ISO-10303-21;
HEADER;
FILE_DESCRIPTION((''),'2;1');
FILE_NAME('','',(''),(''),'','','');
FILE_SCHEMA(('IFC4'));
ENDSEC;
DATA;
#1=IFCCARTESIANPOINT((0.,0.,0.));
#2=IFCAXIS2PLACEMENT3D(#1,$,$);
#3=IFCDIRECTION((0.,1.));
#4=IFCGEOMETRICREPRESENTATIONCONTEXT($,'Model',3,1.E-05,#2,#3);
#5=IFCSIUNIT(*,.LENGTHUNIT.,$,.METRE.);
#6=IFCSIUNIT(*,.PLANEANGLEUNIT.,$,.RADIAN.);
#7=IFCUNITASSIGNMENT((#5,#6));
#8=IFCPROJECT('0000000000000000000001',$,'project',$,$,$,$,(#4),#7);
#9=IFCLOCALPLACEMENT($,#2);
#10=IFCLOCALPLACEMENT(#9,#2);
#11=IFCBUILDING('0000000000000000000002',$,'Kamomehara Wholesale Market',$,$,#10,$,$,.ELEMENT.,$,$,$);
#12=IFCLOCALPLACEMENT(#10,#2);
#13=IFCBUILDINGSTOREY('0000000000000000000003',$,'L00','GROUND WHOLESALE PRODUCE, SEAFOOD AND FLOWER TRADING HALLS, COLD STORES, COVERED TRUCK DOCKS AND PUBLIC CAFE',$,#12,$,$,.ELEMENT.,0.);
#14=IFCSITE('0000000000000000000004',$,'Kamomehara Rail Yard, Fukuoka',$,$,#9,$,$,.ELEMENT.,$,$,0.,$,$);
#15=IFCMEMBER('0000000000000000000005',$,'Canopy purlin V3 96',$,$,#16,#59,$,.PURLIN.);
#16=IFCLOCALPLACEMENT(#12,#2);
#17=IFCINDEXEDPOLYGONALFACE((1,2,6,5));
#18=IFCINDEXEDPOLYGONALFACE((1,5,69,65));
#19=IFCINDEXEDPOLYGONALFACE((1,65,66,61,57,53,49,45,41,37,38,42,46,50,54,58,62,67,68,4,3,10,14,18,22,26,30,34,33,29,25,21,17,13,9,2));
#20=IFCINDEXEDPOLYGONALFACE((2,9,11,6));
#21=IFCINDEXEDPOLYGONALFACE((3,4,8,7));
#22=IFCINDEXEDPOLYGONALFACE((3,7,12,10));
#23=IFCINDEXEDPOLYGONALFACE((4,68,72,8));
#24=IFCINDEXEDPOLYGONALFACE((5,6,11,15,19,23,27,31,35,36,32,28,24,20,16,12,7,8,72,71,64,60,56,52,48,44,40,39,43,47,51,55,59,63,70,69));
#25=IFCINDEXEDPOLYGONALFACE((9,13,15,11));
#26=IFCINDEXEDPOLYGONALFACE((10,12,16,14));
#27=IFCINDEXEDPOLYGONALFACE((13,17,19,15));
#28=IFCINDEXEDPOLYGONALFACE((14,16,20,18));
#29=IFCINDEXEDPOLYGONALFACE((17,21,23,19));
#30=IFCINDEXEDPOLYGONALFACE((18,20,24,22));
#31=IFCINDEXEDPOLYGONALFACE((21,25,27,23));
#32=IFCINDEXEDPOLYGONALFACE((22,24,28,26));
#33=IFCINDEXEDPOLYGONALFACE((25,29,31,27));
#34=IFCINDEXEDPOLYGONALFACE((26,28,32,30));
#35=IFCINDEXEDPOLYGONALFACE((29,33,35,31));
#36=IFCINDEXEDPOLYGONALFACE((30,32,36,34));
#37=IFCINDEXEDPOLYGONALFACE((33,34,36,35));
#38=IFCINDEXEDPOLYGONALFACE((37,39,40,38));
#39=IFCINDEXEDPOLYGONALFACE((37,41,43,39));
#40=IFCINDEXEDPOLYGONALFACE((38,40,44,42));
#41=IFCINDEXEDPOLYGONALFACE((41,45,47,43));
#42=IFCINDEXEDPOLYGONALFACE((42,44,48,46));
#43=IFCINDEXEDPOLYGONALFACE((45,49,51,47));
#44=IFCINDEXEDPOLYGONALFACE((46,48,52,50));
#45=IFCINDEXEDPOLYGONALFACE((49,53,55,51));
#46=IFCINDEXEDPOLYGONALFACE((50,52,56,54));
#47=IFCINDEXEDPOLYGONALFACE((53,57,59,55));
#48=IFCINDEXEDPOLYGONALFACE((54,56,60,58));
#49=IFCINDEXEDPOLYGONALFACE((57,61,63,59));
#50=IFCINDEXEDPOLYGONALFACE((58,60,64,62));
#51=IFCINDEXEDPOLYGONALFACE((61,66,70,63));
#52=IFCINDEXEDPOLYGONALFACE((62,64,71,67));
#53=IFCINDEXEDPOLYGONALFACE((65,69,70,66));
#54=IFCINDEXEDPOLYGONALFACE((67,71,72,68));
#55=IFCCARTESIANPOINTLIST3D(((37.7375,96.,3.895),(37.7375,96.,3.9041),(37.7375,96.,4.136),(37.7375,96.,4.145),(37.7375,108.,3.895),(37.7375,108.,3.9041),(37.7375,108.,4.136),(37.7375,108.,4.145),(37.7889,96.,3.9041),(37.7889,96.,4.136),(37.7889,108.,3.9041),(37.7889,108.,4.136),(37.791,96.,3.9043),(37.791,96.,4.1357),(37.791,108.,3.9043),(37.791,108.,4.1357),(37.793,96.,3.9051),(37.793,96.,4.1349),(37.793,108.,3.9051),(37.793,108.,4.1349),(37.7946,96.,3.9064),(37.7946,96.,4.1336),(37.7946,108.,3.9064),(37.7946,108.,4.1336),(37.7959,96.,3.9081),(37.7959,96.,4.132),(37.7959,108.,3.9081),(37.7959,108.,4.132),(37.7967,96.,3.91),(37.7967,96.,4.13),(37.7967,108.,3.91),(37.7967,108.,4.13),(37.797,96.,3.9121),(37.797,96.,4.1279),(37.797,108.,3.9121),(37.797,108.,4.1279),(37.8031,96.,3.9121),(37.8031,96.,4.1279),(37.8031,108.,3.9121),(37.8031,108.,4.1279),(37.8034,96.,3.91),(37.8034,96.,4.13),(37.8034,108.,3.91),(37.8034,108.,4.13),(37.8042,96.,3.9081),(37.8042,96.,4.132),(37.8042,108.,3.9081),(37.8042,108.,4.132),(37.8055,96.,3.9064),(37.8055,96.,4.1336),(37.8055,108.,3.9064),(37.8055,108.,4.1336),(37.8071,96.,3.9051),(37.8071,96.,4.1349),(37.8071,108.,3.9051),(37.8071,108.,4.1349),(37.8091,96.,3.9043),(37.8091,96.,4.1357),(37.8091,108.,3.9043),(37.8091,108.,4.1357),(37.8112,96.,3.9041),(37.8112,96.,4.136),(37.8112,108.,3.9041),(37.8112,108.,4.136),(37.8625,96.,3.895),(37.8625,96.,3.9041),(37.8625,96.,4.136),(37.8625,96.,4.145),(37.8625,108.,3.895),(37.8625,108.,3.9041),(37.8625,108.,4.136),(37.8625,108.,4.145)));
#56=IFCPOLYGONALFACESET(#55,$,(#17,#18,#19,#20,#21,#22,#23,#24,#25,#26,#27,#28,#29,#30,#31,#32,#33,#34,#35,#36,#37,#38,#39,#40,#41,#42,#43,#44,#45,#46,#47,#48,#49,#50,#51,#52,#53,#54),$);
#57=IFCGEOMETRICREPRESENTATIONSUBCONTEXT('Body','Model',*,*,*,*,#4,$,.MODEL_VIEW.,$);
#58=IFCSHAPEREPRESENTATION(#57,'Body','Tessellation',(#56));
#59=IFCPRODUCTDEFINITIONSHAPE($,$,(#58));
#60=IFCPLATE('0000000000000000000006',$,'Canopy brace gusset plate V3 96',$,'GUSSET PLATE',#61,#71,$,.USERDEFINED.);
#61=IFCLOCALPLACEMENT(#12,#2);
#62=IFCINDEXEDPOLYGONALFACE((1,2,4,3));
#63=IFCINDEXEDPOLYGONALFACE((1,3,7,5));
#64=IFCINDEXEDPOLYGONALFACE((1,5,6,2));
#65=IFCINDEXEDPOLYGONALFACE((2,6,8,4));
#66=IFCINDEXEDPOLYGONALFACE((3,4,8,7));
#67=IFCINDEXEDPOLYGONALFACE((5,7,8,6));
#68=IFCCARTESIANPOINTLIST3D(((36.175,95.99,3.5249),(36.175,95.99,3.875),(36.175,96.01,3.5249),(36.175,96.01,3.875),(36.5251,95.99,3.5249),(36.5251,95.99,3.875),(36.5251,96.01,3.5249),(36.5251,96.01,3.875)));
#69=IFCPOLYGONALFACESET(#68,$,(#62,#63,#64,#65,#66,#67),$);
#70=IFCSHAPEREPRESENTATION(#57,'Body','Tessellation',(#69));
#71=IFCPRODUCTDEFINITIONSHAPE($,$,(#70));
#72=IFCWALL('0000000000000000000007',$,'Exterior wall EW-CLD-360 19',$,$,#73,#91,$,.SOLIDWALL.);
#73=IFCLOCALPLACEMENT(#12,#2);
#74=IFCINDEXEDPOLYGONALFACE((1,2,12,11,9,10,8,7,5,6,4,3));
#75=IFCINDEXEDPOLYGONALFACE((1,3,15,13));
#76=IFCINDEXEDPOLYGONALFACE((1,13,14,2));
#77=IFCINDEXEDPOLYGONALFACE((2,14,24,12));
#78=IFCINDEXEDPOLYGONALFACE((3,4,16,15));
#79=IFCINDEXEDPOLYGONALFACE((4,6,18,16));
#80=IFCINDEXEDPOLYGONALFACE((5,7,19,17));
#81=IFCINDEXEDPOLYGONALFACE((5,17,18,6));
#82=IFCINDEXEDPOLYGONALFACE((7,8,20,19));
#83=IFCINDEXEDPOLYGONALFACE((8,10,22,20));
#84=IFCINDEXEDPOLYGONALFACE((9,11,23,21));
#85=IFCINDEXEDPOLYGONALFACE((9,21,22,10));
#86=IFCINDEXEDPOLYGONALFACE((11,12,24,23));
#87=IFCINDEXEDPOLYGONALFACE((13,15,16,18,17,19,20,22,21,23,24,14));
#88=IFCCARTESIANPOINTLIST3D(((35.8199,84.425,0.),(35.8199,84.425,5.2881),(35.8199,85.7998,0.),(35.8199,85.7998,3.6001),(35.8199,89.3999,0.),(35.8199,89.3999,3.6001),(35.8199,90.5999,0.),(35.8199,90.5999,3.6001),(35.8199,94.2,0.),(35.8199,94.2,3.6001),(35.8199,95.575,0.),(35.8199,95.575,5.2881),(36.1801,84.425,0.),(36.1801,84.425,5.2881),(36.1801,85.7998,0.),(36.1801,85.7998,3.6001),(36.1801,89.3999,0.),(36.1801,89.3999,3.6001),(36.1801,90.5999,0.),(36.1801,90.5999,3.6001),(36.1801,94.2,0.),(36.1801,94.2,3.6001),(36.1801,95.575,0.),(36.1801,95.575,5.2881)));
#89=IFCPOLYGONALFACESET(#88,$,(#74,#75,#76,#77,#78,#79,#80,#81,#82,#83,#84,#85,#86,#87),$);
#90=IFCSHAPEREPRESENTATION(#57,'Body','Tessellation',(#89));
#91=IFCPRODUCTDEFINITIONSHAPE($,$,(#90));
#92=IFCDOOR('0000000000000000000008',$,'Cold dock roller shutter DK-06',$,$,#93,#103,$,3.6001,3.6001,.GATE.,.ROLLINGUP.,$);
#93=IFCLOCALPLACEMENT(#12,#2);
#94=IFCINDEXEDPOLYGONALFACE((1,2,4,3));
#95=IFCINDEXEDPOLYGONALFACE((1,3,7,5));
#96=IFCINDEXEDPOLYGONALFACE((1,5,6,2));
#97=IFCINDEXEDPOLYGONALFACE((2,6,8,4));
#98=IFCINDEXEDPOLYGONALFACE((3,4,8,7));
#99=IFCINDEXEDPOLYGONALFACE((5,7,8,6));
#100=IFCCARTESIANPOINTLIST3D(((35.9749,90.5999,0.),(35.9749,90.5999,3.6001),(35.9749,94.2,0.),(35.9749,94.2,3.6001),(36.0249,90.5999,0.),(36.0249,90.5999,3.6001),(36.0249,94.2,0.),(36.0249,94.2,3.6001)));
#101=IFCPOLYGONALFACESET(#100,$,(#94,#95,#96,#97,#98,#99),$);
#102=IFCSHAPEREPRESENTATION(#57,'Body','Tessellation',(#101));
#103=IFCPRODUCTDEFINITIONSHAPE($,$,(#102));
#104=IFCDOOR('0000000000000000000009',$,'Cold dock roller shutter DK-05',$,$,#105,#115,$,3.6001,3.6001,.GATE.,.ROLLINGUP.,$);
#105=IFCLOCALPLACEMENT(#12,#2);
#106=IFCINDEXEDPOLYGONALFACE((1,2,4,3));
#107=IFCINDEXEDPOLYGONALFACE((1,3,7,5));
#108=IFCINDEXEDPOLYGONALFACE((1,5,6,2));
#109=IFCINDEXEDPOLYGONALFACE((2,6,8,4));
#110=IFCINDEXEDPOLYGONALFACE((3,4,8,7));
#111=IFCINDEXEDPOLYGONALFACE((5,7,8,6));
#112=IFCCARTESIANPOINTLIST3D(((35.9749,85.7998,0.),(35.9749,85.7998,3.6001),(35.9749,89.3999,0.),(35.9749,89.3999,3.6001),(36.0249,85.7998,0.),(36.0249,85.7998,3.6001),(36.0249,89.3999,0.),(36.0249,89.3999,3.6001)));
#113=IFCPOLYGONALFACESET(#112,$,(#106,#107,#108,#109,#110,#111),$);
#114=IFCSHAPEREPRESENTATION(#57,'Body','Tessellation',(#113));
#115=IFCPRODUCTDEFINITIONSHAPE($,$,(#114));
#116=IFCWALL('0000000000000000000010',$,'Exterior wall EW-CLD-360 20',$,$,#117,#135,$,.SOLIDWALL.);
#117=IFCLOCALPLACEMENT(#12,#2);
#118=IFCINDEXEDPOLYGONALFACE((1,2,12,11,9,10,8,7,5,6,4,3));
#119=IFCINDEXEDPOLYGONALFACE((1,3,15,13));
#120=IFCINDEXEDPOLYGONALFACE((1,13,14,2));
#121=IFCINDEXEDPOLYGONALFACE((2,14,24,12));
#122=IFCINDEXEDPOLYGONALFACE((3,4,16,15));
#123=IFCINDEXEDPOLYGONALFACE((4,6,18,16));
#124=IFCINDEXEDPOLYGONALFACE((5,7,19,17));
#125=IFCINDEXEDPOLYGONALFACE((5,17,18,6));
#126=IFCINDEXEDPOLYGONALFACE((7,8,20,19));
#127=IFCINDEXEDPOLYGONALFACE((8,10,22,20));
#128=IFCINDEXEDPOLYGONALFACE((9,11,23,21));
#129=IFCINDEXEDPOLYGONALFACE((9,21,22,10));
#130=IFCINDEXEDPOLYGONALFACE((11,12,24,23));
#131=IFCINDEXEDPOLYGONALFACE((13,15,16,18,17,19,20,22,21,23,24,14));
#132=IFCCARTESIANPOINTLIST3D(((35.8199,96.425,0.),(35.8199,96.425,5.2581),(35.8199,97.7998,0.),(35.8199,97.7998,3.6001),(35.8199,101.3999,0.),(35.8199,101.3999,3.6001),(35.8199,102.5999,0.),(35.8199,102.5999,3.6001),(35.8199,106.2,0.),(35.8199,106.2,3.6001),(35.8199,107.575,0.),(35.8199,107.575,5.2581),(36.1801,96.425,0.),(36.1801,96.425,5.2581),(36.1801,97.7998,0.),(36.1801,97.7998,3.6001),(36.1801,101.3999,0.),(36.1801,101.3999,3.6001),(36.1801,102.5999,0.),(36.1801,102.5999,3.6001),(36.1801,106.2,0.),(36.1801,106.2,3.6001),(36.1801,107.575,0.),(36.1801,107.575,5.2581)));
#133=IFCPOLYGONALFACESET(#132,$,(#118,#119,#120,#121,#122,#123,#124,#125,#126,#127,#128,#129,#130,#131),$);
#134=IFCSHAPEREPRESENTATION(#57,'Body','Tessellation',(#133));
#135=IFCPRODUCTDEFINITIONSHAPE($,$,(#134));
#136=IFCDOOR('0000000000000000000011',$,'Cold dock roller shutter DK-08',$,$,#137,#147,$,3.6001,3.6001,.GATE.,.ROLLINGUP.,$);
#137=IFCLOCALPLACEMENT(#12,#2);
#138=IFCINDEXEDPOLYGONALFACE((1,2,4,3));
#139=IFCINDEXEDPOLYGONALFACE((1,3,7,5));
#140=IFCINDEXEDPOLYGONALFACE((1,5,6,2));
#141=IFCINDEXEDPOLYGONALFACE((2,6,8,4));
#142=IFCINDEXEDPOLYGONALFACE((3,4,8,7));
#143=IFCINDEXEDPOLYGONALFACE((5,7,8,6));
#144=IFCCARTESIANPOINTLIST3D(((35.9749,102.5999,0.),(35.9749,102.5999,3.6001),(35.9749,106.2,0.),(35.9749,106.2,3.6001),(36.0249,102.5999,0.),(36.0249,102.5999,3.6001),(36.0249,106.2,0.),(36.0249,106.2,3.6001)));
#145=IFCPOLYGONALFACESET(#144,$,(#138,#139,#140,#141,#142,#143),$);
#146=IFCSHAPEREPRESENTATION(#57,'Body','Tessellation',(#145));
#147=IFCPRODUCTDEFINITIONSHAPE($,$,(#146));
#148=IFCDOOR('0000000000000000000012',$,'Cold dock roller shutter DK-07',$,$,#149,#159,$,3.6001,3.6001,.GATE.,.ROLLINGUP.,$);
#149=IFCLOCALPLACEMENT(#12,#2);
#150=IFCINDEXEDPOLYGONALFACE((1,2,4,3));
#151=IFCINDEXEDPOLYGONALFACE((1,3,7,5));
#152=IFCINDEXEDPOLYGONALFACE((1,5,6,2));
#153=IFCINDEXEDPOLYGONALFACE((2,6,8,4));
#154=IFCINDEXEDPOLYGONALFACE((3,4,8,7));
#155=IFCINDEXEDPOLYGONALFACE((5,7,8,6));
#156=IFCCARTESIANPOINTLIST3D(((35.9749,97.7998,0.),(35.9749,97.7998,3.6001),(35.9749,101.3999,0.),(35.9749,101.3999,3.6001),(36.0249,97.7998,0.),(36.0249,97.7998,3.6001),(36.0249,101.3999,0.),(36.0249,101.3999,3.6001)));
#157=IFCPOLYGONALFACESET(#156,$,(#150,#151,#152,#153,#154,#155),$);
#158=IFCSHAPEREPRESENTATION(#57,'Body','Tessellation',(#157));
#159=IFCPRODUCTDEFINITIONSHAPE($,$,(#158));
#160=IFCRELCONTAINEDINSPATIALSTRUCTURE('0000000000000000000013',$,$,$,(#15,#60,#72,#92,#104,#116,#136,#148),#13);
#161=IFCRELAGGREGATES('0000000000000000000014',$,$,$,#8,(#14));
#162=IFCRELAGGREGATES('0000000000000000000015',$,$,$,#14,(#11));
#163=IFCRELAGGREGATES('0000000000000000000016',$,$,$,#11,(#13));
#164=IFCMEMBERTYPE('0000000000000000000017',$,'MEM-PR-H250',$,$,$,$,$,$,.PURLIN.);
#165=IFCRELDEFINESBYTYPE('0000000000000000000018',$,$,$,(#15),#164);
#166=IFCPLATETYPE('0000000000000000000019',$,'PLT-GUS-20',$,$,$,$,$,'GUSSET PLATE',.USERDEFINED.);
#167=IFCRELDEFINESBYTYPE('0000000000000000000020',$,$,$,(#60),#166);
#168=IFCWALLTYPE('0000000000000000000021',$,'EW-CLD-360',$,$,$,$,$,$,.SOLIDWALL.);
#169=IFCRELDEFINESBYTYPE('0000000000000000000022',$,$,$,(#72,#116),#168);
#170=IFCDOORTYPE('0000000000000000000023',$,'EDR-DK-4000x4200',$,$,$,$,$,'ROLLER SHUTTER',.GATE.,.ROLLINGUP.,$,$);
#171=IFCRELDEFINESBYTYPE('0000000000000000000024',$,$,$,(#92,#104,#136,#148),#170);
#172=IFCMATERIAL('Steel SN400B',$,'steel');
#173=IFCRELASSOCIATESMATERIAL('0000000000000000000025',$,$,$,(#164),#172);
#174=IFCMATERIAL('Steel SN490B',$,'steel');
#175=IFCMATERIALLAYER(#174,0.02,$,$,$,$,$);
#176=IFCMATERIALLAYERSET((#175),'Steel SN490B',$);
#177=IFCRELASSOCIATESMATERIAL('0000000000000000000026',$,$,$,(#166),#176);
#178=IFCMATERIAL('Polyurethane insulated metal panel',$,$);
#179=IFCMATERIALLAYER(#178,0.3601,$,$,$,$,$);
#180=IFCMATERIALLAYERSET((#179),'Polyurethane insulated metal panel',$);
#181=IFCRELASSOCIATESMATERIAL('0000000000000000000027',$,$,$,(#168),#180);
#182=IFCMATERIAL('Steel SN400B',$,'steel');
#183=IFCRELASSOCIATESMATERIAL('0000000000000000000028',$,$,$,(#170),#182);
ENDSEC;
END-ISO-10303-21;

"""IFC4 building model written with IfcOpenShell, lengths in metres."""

from ifc_helpers import new_model, si_unit, direction, frame, frame_2d, origin, origin_2d, place, context, subcontext, project, spatial, rectangle, i_section, extrude, material, layer, layer_set, material_profile, profile_set, type_object, element, fill, save


model = new_model("IFC4")

# Units and contexts
model_context = context("Model", 3, precision=1e-05, world=origin(), true_north=direction((0.0, 1.0)))
body_context = subcontext(model_context, "Body", "Model", "MODEL_VIEW")
ifc_project = project(units=[si_unit("LENGTHUNIT", "METRE"), si_unit("PLANEANGLEUNIT", "RADIAN")], contexts=[model_context])

# Site, building, storey
site_placement = place(None, origin())
site = spatial("IfcSite", under=ifc_project, at=site_placement, Name="Kamomehara Rail Yard, Fukuoka", CompositionType="ELEMENT", RefElevation=0.0)
building_placement = place(site_placement, origin())
building = spatial("IfcBuilding", under=site, at=building_placement, Name="Kamomehara Wholesale Market", CompositionType="ELEMENT")
storey_placement = place(building_placement, origin())
storey = spatial("IfcBuildingStorey", under=building, at=storey_placement, Name="L00", Description="GROUND WHOLESALE PRODUCE, SEAFOOD AND FLOWER TRADING HALLS, COLD STORES, COVERED TRUCK DOCKS AND PUBLIC CAFE", CompositionType="ELEMENT", Elevation=0.0)

# Member
ifc_material_1 = material(Name="Steel SN400B", Category="steel")
ifc_material_profile_1 = material_profile(ifc_material_1, i_section(OverallWidth=0.125, OverallDepth=0.25, WebThickness=0.0061, FlangeThickness=0.009, FilletRadius=0.0081, at=origin_2d()), Name="H-250x125x6x9")
ifc_profile_set_1 = profile_set([ifc_material_profile_1], Name="Steel SN400B")
member_type_1 = type_object("IfcMemberType", Name="MEM-PR-H250", PredefinedType="PURLIN", material=ifc_profile_set_1)
member_1_placement = place(storey_placement, frame((37.8, 96.0, 4.02), z_axis=(0.0, 1.0, 0.0), x_axis=(-1.0, 0.0, 0.0)))
element("IfcMember", 1, at=member_1_placement, inside=storey, type_object=member_type_1, Name="Canopy purlin V3 96", PredefinedType="PURLIN", context=body_context, shape_type="SweptSolid", body=[
    extrude(i_section(OverallWidth=0.125, OverallDepth=0.25, WebThickness=0.0061, FlangeThickness=0.009, FilletRadius=0.0081, at=origin_2d()), origin(), (0.0, 0.0, 1.0), 12.0),
])

# Plate
ifc_material_2 = material(Name="Steel SN490B", Category="steel")
ifc_layer_1 = layer(ifc_material_2, 0.02)
ifc_layer_set_1 = layer_set([ifc_layer_1], Name="Steel SN490B")
plate_type = type_object("IfcPlateType", Name="PLT-GUS-20", ElementType="GUSSET PLATE", PredefinedType="USERDEFINED", material=ifc_layer_set_1)
plate_placement = place(storey_placement, frame((36.3501, 96.0, 3.5249), z_axis=(0.0, 0.0, 1.0), x_axis=(1.0, 0.0, 0.0)))
element("IfcPlate", 2, at=plate_placement, inside=storey, type_object=plate_type, Name="Canopy brace gusset plate V3 96", ObjectType="GUSSET PLATE", PredefinedType="USERDEFINED", context=body_context, shape_type="SweptSolid", body=[
    extrude(rectangle(XDim=0.3501, YDim=0.02, at=origin_2d()), origin(), (0.0, 0.0, 1.0), 0.3501),
])

# Walls, openings, doors
ifc_material_3 = material(Name="Polyurethane insulated metal panel")
ifc_layer_2 = layer(ifc_material_3, 0.3601)
ifc_layer_set_2 = layer_set([ifc_layer_2], Name="Polyurethane insulated metal panel")
wall_type_1 = type_object("IfcWallType", Name="EW-CLD-360", PredefinedType="SOLIDWALL", material=ifc_layer_set_2)
wall_1_placement = place(storey_placement, frame((36.0, 95.575, 0.0), z_axis=(0.0, 0.0, 1.0), x_axis=(0.0, -1.0, 0.0)))
wall_1 = element("IfcWall", 3, at=wall_1_placement, inside=storey, type_object=wall_type_1, Name="Exterior wall EW-CLD-360 19", PredefinedType="SOLIDWALL", context=body_context, shape_type="SweptSolid", body=[
    extrude(rectangle(XDim=11.1499, YDim=0.3601, at=frame_2d((5.575, 0.0))), origin(), (0.0, 0.0, 1.0), 5.2881),
])
opening_1_placement = place(wall_1_placement, frame((1.375, 0.0, 0.0)))
opening_1 = element("IfcOpeningElement", 4, at=opening_1_placement, cuts=wall_1, PredefinedType="OPENING", context=body_context, shape_type="SweptSolid", body=[
    extrude(rectangle(XDim=3.6001, YDim=3.6001, at=frame_2d((1.8, 1.8))), frame((0.0, 0.1948, 0.0), z_axis=(0.0, -1.0, 0.0), x_axis=(1.0, 0.0, 0.0)), (0.0, 0.0, 1.0), 0.3899),
])
opening_2_placement = place(wall_1_placement, frame((6.175, 0.0, 0.0)))
opening_2 = element("IfcOpeningElement", 5, at=opening_2_placement, cuts=wall_1, PredefinedType="OPENING", context=body_context, shape_type="SweptSolid", body=[
    extrude(rectangle(XDim=3.6001, YDim=3.6001, at=frame_2d((1.8, 1.8))), frame((0.0, 0.1948, 0.0), z_axis=(0.0, -1.0, 0.0), x_axis=(1.0, 0.0, 0.0)), (0.0, 0.0, 1.0), 0.3899),
])
ifc_material_4 = material(Name="Steel SN400B", Category="steel")
door_type_1 = type_object("IfcDoorType", Name="EDR-DK-4000x4200", ElementType="ROLLER SHUTTER", OperationType="ROLLINGUP", PredefinedType="GATE", material=ifc_material_4)
door_1_placement = place(opening_1_placement, origin())
door_1 = element("IfcDoor", 6, at=door_1_placement, inside=storey, type_object=door_type_1, Name="Cold dock roller shutter DK-06", OperationType="ROLLINGUP", OverallHeight=3.6001, OverallWidth=3.6001, PredefinedType="GATE", context=body_context, shape_type="SweptSolid", body=[
    extrude(rectangle(XDim=3.6001, YDim=3.6001, at=frame_2d((1.8, 1.8))), frame((0.0, 0.0249, 0.0), z_axis=(0.0, -1.0, 0.0), x_axis=(1.0, 0.0, 0.0)), (0.0, 0.0, 1.0), 0.05),
])
fill(opening_1, door_1)
door_2_placement = place(opening_2_placement, origin())
door_2 = element("IfcDoor", 7, at=door_2_placement, inside=storey, type_object=door_type_1, Name="Cold dock roller shutter DK-05", OperationType="ROLLINGUP", OverallHeight=3.6001, OverallWidth=3.6001, PredefinedType="GATE", context=body_context, shape_type="SweptSolid", body=[
    extrude(rectangle(XDim=3.6001, YDim=3.6001, at=frame_2d((1.8, 1.8))), frame((0.0, 0.0249, 0.0), z_axis=(0.0, -1.0, 0.0), x_axis=(1.0, 0.0, 0.0)), (0.0, 0.0, 1.0), 0.05),
])
fill(opening_2, door_2)
wall_2_placement = place(storey_placement, frame((36.0, 107.575, 0.0), z_axis=(0.0, 0.0, 1.0), x_axis=(0.0, -1.0, 0.0)))
wall_2 = element("IfcWall", 8, at=wall_2_placement, inside=storey, type_object=wall_type_1, Name="Exterior wall EW-CLD-360 20", PredefinedType="SOLIDWALL", context=body_context, shape_type="SweptSolid", body=[
    extrude(rectangle(XDim=11.1499, YDim=0.3601, at=frame_2d((5.575, 0.0))), origin(), (0.0, 0.0, 1.0), 5.2581),
])
opening_3_placement = place(wall_2_placement, frame((1.375, 0.0, 0.0)))
opening_3 = element("IfcOpeningElement", 9, at=opening_3_placement, cuts=wall_2, PredefinedType="OPENING", context=body_context, shape_type="SweptSolid", body=[
    extrude(rectangle(XDim=3.6001, YDim=3.6001, at=frame_2d((1.8, 1.8))), frame((0.0, 0.1948, 0.0), z_axis=(0.0, -1.0, 0.0), x_axis=(1.0, 0.0, 0.0)), (0.0, 0.0, 1.0), 0.3899),
])
opening_4_placement = place(wall_2_placement, frame((6.175, 0.0, 0.0)))
opening_4 = element("IfcOpeningElement", 10, at=opening_4_placement, cuts=wall_2, PredefinedType="OPENING", context=body_context, shape_type="SweptSolid", body=[
    extrude(rectangle(XDim=3.6001, YDim=3.6001, at=frame_2d((1.8, 1.8))), frame((0.0, 0.1948, 0.0), z_axis=(0.0, -1.0, 0.0), x_axis=(1.0, 0.0, 0.0)), (0.0, 0.0, 1.0), 0.3899),
])
door_3_placement = place(opening_3_placement, origin())
door_3 = element("IfcDoor", 11, at=door_3_placement, inside=storey, type_object=door_type_1, Name="Cold dock roller shutter DK-08", OperationType="ROLLINGUP", OverallHeight=3.6001, OverallWidth=3.6001, PredefinedType="GATE", context=body_context, shape_type="SweptSolid", body=[
    extrude(rectangle(XDim=3.6001, YDim=3.6001, at=frame_2d((1.8, 1.8))), frame((0.0, 0.0249, 0.0), z_axis=(0.0, -1.0, 0.0), x_axis=(1.0, 0.0, 0.0)), (0.0, 0.0, 1.0), 0.05),
])
fill(opening_3, door_3)
door_4_placement = place(opening_4_placement, origin())
door_4 = element("IfcDoor", 12, at=door_4_placement, inside=storey, type_object=door_type_1, Name="Cold dock roller shutter DK-07", OperationType="ROLLINGUP", OverallHeight=3.6001, OverallWidth=3.6001, PredefinedType="GATE", context=body_context, shape_type="SweptSolid", body=[
    extrude(rectangle(XDim=3.6001, YDim=3.6001, at=frame_2d((1.8, 1.8))), frame((0.0, 0.0249, 0.0), z_axis=(0.0, -1.0, 0.0), x_axis=(1.0, 0.0, 0.0)), (0.0, 0.0, 1.0), 0.05),
])
fill(opening_4, door_4)

save(model, "model.ifc")
